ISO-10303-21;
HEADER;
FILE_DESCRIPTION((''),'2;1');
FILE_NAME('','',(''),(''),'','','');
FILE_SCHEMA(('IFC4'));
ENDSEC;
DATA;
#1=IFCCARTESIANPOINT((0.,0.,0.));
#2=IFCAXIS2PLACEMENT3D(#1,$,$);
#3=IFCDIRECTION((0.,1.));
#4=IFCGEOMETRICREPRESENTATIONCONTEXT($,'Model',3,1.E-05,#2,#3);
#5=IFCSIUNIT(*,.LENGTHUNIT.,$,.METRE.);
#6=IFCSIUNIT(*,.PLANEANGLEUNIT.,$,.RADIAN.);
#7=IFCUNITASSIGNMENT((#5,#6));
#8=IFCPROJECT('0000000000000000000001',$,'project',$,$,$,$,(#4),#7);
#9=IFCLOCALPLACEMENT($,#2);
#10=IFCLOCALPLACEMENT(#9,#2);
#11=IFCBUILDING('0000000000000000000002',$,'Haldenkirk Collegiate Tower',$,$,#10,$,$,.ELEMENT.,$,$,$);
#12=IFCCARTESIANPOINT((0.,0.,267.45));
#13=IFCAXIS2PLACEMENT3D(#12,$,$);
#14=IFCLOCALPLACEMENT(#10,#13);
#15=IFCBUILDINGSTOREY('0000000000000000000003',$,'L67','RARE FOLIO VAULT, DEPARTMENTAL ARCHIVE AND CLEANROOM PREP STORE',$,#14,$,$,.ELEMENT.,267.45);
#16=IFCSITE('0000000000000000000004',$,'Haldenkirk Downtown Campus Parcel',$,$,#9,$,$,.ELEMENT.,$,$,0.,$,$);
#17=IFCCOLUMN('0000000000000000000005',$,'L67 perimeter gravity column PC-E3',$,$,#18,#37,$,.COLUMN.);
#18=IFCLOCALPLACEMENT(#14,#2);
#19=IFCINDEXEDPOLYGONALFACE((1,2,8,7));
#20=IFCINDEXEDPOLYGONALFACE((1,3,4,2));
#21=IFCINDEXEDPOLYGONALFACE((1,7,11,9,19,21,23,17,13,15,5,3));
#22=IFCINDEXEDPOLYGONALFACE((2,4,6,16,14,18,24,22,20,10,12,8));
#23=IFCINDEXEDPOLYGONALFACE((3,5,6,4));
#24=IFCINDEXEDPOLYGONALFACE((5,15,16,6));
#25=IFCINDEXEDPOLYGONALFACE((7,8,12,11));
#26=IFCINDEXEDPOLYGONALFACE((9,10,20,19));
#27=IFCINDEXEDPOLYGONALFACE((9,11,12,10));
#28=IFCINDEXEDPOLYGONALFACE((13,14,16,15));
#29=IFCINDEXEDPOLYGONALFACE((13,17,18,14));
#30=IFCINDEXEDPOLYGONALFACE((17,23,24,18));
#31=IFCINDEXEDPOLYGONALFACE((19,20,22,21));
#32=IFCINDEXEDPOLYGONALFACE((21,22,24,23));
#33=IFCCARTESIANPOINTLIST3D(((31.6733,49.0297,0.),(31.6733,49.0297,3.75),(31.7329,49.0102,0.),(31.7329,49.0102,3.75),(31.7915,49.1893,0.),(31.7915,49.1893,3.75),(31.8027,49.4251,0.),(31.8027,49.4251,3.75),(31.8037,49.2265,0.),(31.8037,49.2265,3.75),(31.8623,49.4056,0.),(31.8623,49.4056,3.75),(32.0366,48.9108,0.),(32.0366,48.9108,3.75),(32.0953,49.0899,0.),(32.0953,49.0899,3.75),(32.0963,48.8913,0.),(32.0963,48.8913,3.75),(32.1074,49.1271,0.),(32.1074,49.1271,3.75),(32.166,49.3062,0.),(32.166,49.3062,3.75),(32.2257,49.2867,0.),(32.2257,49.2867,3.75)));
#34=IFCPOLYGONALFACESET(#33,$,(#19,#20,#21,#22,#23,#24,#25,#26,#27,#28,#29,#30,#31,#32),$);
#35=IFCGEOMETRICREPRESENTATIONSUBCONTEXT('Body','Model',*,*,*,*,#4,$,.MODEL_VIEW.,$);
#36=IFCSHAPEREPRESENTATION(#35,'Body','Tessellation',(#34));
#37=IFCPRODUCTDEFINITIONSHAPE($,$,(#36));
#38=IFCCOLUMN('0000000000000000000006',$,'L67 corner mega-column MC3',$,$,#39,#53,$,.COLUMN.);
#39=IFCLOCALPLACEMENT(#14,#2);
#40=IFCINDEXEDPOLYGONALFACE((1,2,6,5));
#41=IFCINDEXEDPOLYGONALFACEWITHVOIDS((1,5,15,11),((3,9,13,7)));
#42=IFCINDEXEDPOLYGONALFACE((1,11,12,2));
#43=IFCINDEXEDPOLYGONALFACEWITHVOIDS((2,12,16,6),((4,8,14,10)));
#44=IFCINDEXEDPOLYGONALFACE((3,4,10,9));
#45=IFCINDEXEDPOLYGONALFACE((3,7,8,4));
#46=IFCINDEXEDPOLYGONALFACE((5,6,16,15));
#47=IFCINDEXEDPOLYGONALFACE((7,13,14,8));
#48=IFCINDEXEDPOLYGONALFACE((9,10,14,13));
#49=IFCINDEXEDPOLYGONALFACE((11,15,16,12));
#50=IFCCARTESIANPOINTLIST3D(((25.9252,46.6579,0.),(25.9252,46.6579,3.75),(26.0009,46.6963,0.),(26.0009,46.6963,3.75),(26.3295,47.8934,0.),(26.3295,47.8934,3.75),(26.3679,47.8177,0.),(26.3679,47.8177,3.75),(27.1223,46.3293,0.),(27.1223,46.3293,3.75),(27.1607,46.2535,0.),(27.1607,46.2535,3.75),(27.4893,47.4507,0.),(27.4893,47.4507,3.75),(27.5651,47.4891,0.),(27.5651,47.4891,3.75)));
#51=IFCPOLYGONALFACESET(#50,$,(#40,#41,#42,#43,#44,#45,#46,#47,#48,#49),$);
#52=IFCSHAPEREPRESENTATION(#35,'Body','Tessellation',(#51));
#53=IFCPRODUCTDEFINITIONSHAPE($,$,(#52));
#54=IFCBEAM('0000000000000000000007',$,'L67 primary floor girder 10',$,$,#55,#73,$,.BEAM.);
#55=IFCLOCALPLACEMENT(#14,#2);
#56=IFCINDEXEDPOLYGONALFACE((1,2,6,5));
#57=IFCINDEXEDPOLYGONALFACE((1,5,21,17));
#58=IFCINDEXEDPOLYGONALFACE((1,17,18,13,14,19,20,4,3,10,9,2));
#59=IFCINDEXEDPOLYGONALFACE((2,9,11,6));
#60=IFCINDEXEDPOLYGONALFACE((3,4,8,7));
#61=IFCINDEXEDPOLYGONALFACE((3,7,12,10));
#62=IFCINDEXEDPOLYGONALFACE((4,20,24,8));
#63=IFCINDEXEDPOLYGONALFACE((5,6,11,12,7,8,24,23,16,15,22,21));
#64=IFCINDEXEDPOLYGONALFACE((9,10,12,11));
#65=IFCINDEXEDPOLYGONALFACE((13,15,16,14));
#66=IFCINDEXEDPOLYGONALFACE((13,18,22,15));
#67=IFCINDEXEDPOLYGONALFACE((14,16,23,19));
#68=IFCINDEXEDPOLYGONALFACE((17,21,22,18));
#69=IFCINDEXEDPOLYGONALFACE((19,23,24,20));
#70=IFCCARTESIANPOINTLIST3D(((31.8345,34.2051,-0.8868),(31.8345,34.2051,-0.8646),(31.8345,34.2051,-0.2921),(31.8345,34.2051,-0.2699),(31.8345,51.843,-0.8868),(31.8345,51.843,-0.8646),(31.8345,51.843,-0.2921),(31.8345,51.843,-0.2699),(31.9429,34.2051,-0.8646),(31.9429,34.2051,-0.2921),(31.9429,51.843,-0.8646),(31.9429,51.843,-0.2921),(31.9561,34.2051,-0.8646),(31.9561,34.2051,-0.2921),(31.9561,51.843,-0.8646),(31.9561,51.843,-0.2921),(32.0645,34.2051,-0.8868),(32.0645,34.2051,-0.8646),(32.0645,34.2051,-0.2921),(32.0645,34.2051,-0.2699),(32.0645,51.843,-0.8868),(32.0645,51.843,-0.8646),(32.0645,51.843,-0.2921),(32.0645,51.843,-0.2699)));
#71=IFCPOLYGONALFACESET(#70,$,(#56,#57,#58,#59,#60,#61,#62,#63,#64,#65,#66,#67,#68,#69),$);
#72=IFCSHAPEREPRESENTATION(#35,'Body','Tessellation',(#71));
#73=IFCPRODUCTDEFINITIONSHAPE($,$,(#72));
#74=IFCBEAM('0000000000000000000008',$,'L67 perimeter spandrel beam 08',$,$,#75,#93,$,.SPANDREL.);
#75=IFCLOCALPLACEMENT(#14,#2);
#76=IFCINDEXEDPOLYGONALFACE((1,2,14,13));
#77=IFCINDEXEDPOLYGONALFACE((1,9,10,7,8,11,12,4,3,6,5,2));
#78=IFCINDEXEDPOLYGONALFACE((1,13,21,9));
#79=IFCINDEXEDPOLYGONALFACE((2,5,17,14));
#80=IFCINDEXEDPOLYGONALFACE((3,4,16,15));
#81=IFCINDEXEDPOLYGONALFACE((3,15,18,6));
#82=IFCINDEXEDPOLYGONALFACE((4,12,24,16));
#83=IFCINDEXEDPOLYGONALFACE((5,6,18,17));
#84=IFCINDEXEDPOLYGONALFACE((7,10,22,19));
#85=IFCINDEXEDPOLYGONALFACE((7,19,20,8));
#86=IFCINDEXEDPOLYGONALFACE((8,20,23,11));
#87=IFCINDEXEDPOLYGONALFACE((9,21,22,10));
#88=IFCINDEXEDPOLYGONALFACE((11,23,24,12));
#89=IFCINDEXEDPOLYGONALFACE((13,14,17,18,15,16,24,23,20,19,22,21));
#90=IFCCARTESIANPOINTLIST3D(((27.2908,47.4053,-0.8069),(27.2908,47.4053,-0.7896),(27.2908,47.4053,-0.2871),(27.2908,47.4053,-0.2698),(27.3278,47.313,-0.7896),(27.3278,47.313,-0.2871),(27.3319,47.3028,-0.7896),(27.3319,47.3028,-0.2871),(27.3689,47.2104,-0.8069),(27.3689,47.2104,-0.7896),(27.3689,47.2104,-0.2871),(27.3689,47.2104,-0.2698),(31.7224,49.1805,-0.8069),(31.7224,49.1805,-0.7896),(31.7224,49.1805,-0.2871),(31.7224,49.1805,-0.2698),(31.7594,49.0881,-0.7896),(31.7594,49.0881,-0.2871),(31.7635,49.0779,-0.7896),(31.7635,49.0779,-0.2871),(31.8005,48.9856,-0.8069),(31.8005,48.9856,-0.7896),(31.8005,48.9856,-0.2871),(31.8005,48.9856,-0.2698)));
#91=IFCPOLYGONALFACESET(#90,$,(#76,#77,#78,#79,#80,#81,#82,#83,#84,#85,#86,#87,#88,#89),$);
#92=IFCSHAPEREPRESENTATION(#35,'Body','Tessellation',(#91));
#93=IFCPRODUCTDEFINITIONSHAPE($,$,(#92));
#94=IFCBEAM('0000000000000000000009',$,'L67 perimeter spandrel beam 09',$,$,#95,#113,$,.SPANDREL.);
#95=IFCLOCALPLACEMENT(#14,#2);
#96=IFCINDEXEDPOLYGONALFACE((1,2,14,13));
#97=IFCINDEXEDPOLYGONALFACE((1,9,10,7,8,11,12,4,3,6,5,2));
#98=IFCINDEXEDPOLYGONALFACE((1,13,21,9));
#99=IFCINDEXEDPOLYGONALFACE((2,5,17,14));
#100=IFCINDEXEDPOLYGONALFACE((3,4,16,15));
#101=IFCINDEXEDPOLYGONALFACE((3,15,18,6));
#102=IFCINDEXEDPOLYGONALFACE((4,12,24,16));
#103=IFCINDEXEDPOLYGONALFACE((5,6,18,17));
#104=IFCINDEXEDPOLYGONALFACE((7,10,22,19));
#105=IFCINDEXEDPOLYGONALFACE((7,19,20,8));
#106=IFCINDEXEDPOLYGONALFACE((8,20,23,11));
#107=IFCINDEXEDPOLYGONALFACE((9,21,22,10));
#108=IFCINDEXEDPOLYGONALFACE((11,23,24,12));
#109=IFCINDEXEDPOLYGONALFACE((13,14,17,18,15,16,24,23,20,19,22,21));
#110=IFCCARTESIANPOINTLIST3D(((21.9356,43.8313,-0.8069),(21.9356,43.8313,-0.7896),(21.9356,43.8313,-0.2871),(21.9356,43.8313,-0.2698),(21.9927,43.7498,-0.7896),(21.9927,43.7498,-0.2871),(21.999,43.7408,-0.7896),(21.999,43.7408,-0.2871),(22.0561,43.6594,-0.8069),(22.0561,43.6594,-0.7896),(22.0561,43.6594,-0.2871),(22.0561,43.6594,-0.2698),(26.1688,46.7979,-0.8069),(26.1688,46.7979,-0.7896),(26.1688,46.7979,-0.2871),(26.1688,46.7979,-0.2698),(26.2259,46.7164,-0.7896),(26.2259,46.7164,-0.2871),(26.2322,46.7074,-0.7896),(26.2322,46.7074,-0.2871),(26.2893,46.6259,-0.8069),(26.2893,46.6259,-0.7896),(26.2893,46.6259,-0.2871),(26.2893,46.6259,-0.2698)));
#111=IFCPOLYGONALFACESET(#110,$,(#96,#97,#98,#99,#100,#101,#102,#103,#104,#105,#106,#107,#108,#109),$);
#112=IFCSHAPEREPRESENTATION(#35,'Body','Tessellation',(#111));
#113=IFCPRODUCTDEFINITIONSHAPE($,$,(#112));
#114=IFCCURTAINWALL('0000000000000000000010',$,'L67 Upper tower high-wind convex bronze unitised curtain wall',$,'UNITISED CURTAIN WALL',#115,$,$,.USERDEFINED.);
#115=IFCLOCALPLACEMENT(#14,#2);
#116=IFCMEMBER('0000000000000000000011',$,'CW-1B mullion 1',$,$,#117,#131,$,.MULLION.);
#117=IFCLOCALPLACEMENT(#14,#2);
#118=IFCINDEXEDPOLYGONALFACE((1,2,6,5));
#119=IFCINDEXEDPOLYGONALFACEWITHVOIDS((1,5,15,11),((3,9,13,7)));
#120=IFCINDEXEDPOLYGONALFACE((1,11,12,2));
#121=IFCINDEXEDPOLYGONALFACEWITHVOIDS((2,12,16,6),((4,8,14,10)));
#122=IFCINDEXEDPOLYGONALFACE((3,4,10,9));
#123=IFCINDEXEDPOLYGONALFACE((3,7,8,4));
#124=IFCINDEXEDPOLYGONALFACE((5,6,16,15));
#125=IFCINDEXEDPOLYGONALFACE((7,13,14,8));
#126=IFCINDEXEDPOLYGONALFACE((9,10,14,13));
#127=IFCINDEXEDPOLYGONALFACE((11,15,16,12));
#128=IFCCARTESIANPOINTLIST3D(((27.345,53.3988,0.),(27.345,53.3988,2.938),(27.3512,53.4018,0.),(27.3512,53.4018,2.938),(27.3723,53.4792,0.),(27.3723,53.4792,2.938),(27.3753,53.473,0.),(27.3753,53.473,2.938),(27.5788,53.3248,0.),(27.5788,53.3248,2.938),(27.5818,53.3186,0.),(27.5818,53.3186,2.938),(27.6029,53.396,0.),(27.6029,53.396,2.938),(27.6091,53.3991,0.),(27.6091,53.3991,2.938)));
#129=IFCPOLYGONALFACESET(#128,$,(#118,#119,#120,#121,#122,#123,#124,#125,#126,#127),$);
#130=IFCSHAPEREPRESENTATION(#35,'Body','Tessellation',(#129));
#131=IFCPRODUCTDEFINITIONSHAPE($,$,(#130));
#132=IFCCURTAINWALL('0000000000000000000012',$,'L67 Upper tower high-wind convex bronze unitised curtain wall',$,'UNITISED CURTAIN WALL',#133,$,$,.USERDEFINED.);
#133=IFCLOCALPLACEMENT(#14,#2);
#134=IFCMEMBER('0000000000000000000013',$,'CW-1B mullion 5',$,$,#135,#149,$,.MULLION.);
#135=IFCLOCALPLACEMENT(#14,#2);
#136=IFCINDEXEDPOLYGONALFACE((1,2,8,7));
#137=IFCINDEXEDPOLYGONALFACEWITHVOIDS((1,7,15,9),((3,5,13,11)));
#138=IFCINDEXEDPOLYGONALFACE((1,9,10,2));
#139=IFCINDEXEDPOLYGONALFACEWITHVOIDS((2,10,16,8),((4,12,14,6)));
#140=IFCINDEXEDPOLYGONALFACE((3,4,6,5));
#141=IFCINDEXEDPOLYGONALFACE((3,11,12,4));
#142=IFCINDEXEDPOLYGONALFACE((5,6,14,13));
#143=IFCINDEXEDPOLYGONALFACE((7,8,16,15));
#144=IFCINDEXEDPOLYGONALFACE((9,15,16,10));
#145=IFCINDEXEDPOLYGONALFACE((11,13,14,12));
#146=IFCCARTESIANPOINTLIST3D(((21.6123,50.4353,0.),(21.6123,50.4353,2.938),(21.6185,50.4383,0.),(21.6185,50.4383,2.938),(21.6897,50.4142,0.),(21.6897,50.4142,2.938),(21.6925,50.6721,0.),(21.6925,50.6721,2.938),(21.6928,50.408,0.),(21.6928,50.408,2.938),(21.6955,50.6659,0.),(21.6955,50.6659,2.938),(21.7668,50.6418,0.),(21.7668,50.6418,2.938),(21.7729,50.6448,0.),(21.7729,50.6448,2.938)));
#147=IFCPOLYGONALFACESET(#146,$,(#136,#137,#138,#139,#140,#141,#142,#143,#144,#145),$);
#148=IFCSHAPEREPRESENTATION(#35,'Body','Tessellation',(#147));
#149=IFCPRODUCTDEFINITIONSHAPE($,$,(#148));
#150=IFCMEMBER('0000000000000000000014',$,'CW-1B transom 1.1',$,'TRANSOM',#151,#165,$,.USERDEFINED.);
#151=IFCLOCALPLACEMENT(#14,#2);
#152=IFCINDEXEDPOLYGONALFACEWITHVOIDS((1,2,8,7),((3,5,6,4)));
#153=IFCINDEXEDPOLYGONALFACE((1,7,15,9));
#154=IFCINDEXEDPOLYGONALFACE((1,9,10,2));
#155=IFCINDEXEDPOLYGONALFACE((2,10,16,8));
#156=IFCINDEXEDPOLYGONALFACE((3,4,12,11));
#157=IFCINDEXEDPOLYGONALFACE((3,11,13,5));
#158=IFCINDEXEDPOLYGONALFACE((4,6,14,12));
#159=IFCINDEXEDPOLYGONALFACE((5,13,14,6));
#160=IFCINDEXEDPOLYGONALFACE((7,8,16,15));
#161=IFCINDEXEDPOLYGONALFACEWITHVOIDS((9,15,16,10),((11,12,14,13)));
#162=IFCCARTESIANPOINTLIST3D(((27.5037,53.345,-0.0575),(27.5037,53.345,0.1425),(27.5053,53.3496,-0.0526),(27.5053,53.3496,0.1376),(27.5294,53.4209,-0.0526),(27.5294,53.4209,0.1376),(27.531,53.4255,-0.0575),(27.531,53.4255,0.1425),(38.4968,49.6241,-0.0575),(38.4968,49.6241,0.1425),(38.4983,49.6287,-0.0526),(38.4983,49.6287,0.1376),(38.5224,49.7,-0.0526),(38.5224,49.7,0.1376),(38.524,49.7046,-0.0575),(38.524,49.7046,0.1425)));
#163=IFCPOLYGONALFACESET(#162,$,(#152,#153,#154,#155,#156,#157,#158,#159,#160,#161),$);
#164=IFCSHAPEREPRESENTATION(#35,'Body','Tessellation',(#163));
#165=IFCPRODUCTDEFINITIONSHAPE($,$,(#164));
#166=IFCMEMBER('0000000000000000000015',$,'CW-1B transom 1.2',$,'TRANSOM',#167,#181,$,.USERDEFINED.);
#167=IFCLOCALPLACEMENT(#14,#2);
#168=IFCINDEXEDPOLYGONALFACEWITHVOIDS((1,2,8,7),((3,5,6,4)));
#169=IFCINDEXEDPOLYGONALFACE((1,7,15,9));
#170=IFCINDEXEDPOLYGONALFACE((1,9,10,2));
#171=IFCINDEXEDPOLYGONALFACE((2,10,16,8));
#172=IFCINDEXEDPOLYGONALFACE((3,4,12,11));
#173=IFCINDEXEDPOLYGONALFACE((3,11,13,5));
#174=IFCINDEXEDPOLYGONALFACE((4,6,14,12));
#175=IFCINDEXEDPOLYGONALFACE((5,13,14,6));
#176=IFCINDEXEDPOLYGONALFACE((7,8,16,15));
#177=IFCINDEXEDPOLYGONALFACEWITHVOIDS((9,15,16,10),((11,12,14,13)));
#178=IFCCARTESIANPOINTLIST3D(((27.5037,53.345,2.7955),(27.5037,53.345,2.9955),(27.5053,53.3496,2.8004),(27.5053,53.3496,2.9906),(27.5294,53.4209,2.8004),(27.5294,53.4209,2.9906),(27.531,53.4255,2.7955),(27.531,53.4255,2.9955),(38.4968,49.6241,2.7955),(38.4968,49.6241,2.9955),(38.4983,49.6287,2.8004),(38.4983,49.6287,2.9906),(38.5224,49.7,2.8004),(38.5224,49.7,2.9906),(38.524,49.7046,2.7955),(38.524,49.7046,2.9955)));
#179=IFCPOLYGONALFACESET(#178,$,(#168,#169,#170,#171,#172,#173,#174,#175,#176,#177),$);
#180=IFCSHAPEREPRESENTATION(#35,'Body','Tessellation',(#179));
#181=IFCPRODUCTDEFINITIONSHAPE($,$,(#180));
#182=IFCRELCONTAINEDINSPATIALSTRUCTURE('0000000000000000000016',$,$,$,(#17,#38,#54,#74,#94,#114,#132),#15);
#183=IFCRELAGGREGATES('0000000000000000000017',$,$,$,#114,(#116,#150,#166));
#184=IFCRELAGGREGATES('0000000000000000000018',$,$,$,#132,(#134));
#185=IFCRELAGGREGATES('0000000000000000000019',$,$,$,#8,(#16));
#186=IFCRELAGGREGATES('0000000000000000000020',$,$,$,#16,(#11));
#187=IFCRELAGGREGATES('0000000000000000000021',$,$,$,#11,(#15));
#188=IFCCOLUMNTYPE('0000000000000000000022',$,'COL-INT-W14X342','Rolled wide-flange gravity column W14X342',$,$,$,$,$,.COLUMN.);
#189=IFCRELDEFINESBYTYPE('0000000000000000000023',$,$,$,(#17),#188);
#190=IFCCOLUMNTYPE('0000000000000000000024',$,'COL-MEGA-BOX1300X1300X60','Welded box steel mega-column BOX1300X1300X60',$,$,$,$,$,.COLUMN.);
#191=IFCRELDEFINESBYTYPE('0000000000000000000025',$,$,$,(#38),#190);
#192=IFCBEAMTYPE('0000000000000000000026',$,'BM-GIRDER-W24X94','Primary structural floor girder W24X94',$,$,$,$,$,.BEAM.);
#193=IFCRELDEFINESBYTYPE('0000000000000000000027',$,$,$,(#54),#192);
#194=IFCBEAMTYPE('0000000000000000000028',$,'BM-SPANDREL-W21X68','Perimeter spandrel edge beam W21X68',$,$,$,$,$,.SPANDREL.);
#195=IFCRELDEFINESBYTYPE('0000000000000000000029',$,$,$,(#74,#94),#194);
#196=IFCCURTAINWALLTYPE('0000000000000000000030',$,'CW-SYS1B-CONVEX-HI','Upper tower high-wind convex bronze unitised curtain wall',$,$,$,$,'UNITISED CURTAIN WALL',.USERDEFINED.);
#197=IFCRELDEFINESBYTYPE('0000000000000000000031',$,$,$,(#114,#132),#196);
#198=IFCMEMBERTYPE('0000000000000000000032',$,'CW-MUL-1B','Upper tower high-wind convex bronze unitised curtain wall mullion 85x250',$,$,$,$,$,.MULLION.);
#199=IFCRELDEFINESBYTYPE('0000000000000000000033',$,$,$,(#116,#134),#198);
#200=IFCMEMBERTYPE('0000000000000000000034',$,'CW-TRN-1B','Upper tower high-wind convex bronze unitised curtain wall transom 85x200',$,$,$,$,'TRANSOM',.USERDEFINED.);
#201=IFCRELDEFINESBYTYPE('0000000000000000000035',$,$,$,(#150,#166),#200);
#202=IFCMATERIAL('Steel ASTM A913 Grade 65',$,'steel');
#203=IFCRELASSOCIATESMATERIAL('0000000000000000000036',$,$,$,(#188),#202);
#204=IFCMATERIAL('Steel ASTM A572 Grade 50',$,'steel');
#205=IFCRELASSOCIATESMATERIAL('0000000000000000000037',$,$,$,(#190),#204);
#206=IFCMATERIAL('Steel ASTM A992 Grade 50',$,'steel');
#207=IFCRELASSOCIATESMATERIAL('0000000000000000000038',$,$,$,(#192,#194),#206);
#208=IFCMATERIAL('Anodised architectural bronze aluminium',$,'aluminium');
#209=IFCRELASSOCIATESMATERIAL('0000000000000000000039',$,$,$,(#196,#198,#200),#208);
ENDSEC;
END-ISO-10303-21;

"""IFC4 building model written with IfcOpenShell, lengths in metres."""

from ifc_helpers import new_model, si_unit, direction, frame, origin, origin_2d, place, context, subcontext, project, spatial, hollow_rectangle, i_section, extrude, material, material_profile, profile_set, type_object, element, aggregate, save


model = new_model("IFC4")

# Units and contexts
model_context = context("Model", 3, precision=1e-05, world=origin(), true_north=direction((0.0, 1.0)))
body_context = subcontext(model_context, "Body", "Model", "MODEL_VIEW")
ifc_project = project(units=[si_unit("LENGTHUNIT", "METRE"), si_unit("PLANEANGLEUNIT", "RADIAN")], contexts=[model_context])

# Site, building, storey
site_placement = place(None, origin())
site = spatial("IfcSite", under=ifc_project, at=site_placement, Name="Haldenkirk Downtown Campus Parcel", CompositionType="ELEMENT", RefElevation=0.0)
building_placement = place(site_placement, origin())
building = spatial("IfcBuilding", under=site, at=building_placement, Name="Haldenkirk Collegiate Tower", CompositionType="ELEMENT")
storey_placement = place(building_placement, frame((0.0, 0.0, 267.45)))
storey = spatial("IfcBuildingStorey", under=building, at=storey_placement, Name="L67", Description="RARE FOLIO VAULT, DEPARTMENTAL ARCHIVE AND CLEANROOM PREP STORE", CompositionType="ELEMENT", Elevation=267.45)

# Columns
ifc_material_1 = material(Name="Steel ASTM A913 Grade 65", Category="steel")
ifc_material_profile_1 = material_profile(ifc_material_1, i_section(OverallWidth=0.416, OverallDepth=0.4451, WebThickness=0.0391, FlangeThickness=0.0627, at=origin_2d()), Name="W14X342")
ifc_profile_set_1 = profile_set([ifc_material_profile_1], Name="Steel ASTM A913 Grade 65")
column_type_1 = type_object("IfcColumnType", Name="COL-INT-W14X342", Description="Rolled wide-flange gravity column W14X342", PredefinedType="COLUMN", material=ifc_profile_set_1)
column_1_placement = place(storey_placement, frame((31.9495, 49.1582, 0.0), z_axis=(0.0, 0.0, 1.0), x_axis=(0.311008, 0.950407, 0.0)))
element("IfcColumn", 1, at=column_1_placement, inside=storey, type_object=column_type_1, Name="L67 perimeter gravity column PC-E3", PredefinedType="COLUMN", context=body_context, shape_type="SweptSolid", body=[
    extrude(i_section(OverallWidth=0.416, OverallDepth=0.4451, WebThickness=0.0391, FlangeThickness=0.0627, at=origin_2d()), origin(), (0.0, 0.0, 1.0), 3.75),
])
ifc_material_2 = material(Name="Steel ASTM A572 Grade 50", Category="steel")
ifc_material_profile_2 = material_profile(ifc_material_2, hollow_rectangle(XDim=1.3, YDim=1.3, WallThickness=0.0601, at=origin_2d()), Name="BOX1300X1300X60")
ifc_profile_set_2 = profile_set([ifc_material_profile_2], Name="Steel ASTM A572 Grade 50")
column_type_2 = type_object("IfcColumnType", Name="COL-MEGA-BOX1300X1300X60", Description="Welded box steel mega-column BOX1300X1300X60", PredefinedType="COLUMN", material=ifc_profile_set_2)
column_2_placement = place(storey_placement, frame((26.7451, 47.0735, 0.0), z_axis=(0.0, 0.0, 1.0), x_axis=(0.311008, 0.950407, 0.0)))
element("IfcColumn", 2, at=column_2_placement, inside=storey, type_object=column_type_2, Name="L67 corner mega-column MC3", PredefinedType="COLUMN", context=body_context, shape_type="SweptSolid", body=[
    extrude(hollow_rectangle(XDim=1.3, YDim=1.3, WallThickness=0.0601, at=origin_2d()), origin(), (0.0, 0.0, 1.0), 3.75),
])

# Beams
ifc_material_3 = material(Name="Steel ASTM A992 Grade 50", Category="steel")
ifc_material_profile_3 = material_profile(ifc_material_3, i_section(OverallWidth=0.23, OverallDepth=0.6169, WebThickness=0.0132, FlangeThickness=0.0222, at=origin_2d()), Name="W24X94")
ifc_profile_set_3 = profile_set([ifc_material_profile_3], Name="Steel ASTM A992 Grade 50")
beam_type_1 = type_object("IfcBeamType", Name="BM-GIRDER-W24X94", Description="Primary structural floor girder W24X94", PredefinedType="BEAM", material=ifc_profile_set_3)
beam_1_placement = place(storey_placement, frame((31.9495, 51.843, -0.5784), z_axis=(0.0, -1.0, 0.0), x_axis=(1.0, 0.0, 0.0)))
element("IfcBeam", 3, at=beam_1_placement, inside=storey, type_object=beam_type_1, Name="L67 primary floor girder 10", PredefinedType="BEAM", context=body_context, shape_type="SweptSolid", body=[
    extrude(i_section(OverallWidth=0.23, OverallDepth=0.6169, WebThickness=0.0132, FlangeThickness=0.0222, at=origin_2d()), origin(), (0.0, 0.0, 1.0), 17.6379),
])
ifc_material_profile_4 = material_profile(ifc_material_3, i_section(OverallWidth=0.21, OverallDepth=0.5371, WebThickness=0.011, FlangeThickness=0.0173, at=origin_2d()), Name="W21X68")
ifc_profile_set_4 = profile_set([ifc_material_profile_4], Name="Steel ASTM A992 Grade 50")
beam_type_2 = type_object("IfcBeamType", Name="BM-SPANDREL-W21X68", Description="Perimeter spandrel edge beam W21X68", PredefinedType="SPANDREL", material=ifc_profile_set_4)
beam_2_placement = place(storey_placement, frame((31.7615, 49.083, -0.5383), z_axis=(-0.928297, -0.37184, 0.0), x_axis=(0.37184, -0.928297, 0.0)))
element("IfcBeam", 4, at=beam_2_placement, inside=storey, type_object=beam_type_2, Name="L67 perimeter spandrel beam 08", PredefinedType="SPANDREL", context=body_context, shape_type="SweptSolid", body=[
    extrude(i_section(OverallWidth=0.21, OverallDepth=0.5371, WebThickness=0.011, FlangeThickness=0.0173, at=origin_2d()), origin(), (0.0, 0.0, 1.0), 4.7739),
])
beam_3_placement = place(storey_placement, frame((26.229, 46.7119, -0.5383), z_axis=(-0.818928, -0.573897, 0.0), x_axis=(0.573897, -0.818928, 0.0)))
element("IfcBeam", 5, at=beam_3_placement, inside=storey, type_object=beam_type_2, Name="L67 perimeter spandrel beam 09", PredefinedType="SPANDREL", context=body_context, shape_type="SweptSolid", body=[
    extrude(i_section(OverallWidth=0.21, OverallDepth=0.5371, WebThickness=0.011, FlangeThickness=0.0173, at=origin_2d()), origin(), (0.0, 0.0, 1.0), 5.1692),
])

# Curtain walls, members
ifc_material_4 = material(Name="Anodised architectural bronze aluminium", Category="aluminium")
curtain_wall_type = type_object("IfcCurtainWallType", Name="CW-SYS1B-CONVEX-HI", Description="Upper tower high-wind convex bronze unitised curtain wall", ElementType="UNITISED CURTAIN WALL", PredefinedType="USERDEFINED", material=ifc_material_4)
curtain_wall_1_placement = place(storey_placement, origin())
curtain_wall_1 = element("IfcCurtainWall", 6, at=curtain_wall_1_placement, inside=storey, type_object=curtain_wall_type, Name="L67 Upper tower high-wind convex bronze unitised curtain wall", ObjectType="UNITISED CURTAIN WALL", PredefinedType="USERDEFINED")
ifc_material_profile_5 = material_profile(ifc_material_4, hollow_rectangle(XDim=0.085, YDim=0.25, WallThickness=0.0049, at=origin_2d()), Name="CW-MUL-1B")
ifc_profile_set_5 = profile_set([ifc_material_profile_5], Name="Anodised architectural bronze aluminium")
member_type_1 = type_object("IfcMemberType", Name="CW-MUL-1B", Description="Upper tower high-wind convex bronze unitised curtain wall mullion 85x250", PredefinedType="MULLION", material=ifc_profile_set_5)
member_1_placement = place(storey_placement, frame((27.4771, 53.3989, 0.0), z_axis=(0.0, 0.0, 1.0), x_axis=(0.320614, 0.94721, 0.0)))
member_1 = element("IfcMember", 7, at=member_1_placement, type_object=member_type_1, Name="CW-1B mullion 1", PredefinedType="MULLION", context=body_context, shape_type="SweptSolid", body=[
    extrude(hollow_rectangle(XDim=0.085, YDim=0.25, WallThickness=0.0049, at=origin_2d()), origin(), (0.0, 0.0, 1.0), 2.938),
])
curtain_wall_2_placement = place(storey_placement, origin())
curtain_wall_2 = element("IfcCurtainWall", 8, at=curtain_wall_2_placement, inside=storey, type_object=curtain_wall_type, Name="L67 Upper tower high-wind convex bronze unitised curtain wall", ObjectType="UNITISED CURTAIN WALL", PredefinedType="USERDEFINED")
member_2_placement = place(storey_placement, frame((21.6926, 50.54, 0.0), z_axis=(0.0, 0.0, 1.0), x_axis=(-0.947211, 0.320612, 0.0)))
member_2 = element("IfcMember", 9, at=member_2_placement, type_object=member_type_1, Name="CW-1B mullion 5", PredefinedType="MULLION", context=body_context, shape_type="SweptSolid", body=[
    extrude(hollow_rectangle(XDim=0.085, YDim=0.25, WallThickness=0.0049, at=origin_2d()), origin(), (0.0, 0.0, 1.0), 2.938),
])

# Members
ifc_material_profile_6 = material_profile(ifc_material_4, hollow_rectangle(XDim=0.085, YDim=0.2, WallThickness=0.0049, at=origin_2d()), Name="CW-TRN-1B")
ifc_profile_set_6 = profile_set([ifc_material_profile_6], Name="Anodised architectural bronze aluminium")
member_type_2 = type_object("IfcMemberType", Name="CW-TRN-1B", Description="Upper tower high-wind convex bronze unitised curtain wall transom 85x200", ElementType="TRANSOM", PredefinedType="USERDEFINED", material=ifc_profile_set_6)
member_3_placement = place(storey_placement, frame((27.5173, 53.3853, 0.0425), z_axis=(0.947211, -0.32061, 0.0), x_axis=(0.32061, 0.947211, 0.0)))
member_3 = element("IfcMember", 10, at=member_3_placement, type_object=member_type_2, Name="CW-1B transom 1.1", ObjectType="TRANSOM", PredefinedType="USERDEFINED", context=body_context, shape_type="SweptSolid", body=[
    extrude(hollow_rectangle(XDim=0.085, YDim=0.2, WallThickness=0.0049, at=origin_2d()), origin(), (0.0, 0.0, 1.0), 11.6057),
])
member_4_placement = place(storey_placement, frame((27.5173, 53.3853, 2.8955), z_axis=(0.947211, -0.32061, 0.0), x_axis=(0.32061, 0.947211, 0.0)))
member_4 = element("IfcMember", 11, at=member_4_placement, type_object=member_type_2, Name="CW-1B transom 1.2", ObjectType="TRANSOM", PredefinedType="USERDEFINED", context=body_context, shape_type="SweptSolid", body=[
    extrude(hollow_rectangle(XDim=0.085, YDim=0.2, WallThickness=0.0049, at=origin_2d()), origin(), (0.0, 0.0, 1.0), 11.6057),
])

aggregate(curtain_wall_1, [member_1, member_3, member_4])
aggregate(curtain_wall_2, [member_2])

save(model, "model.ifc")
